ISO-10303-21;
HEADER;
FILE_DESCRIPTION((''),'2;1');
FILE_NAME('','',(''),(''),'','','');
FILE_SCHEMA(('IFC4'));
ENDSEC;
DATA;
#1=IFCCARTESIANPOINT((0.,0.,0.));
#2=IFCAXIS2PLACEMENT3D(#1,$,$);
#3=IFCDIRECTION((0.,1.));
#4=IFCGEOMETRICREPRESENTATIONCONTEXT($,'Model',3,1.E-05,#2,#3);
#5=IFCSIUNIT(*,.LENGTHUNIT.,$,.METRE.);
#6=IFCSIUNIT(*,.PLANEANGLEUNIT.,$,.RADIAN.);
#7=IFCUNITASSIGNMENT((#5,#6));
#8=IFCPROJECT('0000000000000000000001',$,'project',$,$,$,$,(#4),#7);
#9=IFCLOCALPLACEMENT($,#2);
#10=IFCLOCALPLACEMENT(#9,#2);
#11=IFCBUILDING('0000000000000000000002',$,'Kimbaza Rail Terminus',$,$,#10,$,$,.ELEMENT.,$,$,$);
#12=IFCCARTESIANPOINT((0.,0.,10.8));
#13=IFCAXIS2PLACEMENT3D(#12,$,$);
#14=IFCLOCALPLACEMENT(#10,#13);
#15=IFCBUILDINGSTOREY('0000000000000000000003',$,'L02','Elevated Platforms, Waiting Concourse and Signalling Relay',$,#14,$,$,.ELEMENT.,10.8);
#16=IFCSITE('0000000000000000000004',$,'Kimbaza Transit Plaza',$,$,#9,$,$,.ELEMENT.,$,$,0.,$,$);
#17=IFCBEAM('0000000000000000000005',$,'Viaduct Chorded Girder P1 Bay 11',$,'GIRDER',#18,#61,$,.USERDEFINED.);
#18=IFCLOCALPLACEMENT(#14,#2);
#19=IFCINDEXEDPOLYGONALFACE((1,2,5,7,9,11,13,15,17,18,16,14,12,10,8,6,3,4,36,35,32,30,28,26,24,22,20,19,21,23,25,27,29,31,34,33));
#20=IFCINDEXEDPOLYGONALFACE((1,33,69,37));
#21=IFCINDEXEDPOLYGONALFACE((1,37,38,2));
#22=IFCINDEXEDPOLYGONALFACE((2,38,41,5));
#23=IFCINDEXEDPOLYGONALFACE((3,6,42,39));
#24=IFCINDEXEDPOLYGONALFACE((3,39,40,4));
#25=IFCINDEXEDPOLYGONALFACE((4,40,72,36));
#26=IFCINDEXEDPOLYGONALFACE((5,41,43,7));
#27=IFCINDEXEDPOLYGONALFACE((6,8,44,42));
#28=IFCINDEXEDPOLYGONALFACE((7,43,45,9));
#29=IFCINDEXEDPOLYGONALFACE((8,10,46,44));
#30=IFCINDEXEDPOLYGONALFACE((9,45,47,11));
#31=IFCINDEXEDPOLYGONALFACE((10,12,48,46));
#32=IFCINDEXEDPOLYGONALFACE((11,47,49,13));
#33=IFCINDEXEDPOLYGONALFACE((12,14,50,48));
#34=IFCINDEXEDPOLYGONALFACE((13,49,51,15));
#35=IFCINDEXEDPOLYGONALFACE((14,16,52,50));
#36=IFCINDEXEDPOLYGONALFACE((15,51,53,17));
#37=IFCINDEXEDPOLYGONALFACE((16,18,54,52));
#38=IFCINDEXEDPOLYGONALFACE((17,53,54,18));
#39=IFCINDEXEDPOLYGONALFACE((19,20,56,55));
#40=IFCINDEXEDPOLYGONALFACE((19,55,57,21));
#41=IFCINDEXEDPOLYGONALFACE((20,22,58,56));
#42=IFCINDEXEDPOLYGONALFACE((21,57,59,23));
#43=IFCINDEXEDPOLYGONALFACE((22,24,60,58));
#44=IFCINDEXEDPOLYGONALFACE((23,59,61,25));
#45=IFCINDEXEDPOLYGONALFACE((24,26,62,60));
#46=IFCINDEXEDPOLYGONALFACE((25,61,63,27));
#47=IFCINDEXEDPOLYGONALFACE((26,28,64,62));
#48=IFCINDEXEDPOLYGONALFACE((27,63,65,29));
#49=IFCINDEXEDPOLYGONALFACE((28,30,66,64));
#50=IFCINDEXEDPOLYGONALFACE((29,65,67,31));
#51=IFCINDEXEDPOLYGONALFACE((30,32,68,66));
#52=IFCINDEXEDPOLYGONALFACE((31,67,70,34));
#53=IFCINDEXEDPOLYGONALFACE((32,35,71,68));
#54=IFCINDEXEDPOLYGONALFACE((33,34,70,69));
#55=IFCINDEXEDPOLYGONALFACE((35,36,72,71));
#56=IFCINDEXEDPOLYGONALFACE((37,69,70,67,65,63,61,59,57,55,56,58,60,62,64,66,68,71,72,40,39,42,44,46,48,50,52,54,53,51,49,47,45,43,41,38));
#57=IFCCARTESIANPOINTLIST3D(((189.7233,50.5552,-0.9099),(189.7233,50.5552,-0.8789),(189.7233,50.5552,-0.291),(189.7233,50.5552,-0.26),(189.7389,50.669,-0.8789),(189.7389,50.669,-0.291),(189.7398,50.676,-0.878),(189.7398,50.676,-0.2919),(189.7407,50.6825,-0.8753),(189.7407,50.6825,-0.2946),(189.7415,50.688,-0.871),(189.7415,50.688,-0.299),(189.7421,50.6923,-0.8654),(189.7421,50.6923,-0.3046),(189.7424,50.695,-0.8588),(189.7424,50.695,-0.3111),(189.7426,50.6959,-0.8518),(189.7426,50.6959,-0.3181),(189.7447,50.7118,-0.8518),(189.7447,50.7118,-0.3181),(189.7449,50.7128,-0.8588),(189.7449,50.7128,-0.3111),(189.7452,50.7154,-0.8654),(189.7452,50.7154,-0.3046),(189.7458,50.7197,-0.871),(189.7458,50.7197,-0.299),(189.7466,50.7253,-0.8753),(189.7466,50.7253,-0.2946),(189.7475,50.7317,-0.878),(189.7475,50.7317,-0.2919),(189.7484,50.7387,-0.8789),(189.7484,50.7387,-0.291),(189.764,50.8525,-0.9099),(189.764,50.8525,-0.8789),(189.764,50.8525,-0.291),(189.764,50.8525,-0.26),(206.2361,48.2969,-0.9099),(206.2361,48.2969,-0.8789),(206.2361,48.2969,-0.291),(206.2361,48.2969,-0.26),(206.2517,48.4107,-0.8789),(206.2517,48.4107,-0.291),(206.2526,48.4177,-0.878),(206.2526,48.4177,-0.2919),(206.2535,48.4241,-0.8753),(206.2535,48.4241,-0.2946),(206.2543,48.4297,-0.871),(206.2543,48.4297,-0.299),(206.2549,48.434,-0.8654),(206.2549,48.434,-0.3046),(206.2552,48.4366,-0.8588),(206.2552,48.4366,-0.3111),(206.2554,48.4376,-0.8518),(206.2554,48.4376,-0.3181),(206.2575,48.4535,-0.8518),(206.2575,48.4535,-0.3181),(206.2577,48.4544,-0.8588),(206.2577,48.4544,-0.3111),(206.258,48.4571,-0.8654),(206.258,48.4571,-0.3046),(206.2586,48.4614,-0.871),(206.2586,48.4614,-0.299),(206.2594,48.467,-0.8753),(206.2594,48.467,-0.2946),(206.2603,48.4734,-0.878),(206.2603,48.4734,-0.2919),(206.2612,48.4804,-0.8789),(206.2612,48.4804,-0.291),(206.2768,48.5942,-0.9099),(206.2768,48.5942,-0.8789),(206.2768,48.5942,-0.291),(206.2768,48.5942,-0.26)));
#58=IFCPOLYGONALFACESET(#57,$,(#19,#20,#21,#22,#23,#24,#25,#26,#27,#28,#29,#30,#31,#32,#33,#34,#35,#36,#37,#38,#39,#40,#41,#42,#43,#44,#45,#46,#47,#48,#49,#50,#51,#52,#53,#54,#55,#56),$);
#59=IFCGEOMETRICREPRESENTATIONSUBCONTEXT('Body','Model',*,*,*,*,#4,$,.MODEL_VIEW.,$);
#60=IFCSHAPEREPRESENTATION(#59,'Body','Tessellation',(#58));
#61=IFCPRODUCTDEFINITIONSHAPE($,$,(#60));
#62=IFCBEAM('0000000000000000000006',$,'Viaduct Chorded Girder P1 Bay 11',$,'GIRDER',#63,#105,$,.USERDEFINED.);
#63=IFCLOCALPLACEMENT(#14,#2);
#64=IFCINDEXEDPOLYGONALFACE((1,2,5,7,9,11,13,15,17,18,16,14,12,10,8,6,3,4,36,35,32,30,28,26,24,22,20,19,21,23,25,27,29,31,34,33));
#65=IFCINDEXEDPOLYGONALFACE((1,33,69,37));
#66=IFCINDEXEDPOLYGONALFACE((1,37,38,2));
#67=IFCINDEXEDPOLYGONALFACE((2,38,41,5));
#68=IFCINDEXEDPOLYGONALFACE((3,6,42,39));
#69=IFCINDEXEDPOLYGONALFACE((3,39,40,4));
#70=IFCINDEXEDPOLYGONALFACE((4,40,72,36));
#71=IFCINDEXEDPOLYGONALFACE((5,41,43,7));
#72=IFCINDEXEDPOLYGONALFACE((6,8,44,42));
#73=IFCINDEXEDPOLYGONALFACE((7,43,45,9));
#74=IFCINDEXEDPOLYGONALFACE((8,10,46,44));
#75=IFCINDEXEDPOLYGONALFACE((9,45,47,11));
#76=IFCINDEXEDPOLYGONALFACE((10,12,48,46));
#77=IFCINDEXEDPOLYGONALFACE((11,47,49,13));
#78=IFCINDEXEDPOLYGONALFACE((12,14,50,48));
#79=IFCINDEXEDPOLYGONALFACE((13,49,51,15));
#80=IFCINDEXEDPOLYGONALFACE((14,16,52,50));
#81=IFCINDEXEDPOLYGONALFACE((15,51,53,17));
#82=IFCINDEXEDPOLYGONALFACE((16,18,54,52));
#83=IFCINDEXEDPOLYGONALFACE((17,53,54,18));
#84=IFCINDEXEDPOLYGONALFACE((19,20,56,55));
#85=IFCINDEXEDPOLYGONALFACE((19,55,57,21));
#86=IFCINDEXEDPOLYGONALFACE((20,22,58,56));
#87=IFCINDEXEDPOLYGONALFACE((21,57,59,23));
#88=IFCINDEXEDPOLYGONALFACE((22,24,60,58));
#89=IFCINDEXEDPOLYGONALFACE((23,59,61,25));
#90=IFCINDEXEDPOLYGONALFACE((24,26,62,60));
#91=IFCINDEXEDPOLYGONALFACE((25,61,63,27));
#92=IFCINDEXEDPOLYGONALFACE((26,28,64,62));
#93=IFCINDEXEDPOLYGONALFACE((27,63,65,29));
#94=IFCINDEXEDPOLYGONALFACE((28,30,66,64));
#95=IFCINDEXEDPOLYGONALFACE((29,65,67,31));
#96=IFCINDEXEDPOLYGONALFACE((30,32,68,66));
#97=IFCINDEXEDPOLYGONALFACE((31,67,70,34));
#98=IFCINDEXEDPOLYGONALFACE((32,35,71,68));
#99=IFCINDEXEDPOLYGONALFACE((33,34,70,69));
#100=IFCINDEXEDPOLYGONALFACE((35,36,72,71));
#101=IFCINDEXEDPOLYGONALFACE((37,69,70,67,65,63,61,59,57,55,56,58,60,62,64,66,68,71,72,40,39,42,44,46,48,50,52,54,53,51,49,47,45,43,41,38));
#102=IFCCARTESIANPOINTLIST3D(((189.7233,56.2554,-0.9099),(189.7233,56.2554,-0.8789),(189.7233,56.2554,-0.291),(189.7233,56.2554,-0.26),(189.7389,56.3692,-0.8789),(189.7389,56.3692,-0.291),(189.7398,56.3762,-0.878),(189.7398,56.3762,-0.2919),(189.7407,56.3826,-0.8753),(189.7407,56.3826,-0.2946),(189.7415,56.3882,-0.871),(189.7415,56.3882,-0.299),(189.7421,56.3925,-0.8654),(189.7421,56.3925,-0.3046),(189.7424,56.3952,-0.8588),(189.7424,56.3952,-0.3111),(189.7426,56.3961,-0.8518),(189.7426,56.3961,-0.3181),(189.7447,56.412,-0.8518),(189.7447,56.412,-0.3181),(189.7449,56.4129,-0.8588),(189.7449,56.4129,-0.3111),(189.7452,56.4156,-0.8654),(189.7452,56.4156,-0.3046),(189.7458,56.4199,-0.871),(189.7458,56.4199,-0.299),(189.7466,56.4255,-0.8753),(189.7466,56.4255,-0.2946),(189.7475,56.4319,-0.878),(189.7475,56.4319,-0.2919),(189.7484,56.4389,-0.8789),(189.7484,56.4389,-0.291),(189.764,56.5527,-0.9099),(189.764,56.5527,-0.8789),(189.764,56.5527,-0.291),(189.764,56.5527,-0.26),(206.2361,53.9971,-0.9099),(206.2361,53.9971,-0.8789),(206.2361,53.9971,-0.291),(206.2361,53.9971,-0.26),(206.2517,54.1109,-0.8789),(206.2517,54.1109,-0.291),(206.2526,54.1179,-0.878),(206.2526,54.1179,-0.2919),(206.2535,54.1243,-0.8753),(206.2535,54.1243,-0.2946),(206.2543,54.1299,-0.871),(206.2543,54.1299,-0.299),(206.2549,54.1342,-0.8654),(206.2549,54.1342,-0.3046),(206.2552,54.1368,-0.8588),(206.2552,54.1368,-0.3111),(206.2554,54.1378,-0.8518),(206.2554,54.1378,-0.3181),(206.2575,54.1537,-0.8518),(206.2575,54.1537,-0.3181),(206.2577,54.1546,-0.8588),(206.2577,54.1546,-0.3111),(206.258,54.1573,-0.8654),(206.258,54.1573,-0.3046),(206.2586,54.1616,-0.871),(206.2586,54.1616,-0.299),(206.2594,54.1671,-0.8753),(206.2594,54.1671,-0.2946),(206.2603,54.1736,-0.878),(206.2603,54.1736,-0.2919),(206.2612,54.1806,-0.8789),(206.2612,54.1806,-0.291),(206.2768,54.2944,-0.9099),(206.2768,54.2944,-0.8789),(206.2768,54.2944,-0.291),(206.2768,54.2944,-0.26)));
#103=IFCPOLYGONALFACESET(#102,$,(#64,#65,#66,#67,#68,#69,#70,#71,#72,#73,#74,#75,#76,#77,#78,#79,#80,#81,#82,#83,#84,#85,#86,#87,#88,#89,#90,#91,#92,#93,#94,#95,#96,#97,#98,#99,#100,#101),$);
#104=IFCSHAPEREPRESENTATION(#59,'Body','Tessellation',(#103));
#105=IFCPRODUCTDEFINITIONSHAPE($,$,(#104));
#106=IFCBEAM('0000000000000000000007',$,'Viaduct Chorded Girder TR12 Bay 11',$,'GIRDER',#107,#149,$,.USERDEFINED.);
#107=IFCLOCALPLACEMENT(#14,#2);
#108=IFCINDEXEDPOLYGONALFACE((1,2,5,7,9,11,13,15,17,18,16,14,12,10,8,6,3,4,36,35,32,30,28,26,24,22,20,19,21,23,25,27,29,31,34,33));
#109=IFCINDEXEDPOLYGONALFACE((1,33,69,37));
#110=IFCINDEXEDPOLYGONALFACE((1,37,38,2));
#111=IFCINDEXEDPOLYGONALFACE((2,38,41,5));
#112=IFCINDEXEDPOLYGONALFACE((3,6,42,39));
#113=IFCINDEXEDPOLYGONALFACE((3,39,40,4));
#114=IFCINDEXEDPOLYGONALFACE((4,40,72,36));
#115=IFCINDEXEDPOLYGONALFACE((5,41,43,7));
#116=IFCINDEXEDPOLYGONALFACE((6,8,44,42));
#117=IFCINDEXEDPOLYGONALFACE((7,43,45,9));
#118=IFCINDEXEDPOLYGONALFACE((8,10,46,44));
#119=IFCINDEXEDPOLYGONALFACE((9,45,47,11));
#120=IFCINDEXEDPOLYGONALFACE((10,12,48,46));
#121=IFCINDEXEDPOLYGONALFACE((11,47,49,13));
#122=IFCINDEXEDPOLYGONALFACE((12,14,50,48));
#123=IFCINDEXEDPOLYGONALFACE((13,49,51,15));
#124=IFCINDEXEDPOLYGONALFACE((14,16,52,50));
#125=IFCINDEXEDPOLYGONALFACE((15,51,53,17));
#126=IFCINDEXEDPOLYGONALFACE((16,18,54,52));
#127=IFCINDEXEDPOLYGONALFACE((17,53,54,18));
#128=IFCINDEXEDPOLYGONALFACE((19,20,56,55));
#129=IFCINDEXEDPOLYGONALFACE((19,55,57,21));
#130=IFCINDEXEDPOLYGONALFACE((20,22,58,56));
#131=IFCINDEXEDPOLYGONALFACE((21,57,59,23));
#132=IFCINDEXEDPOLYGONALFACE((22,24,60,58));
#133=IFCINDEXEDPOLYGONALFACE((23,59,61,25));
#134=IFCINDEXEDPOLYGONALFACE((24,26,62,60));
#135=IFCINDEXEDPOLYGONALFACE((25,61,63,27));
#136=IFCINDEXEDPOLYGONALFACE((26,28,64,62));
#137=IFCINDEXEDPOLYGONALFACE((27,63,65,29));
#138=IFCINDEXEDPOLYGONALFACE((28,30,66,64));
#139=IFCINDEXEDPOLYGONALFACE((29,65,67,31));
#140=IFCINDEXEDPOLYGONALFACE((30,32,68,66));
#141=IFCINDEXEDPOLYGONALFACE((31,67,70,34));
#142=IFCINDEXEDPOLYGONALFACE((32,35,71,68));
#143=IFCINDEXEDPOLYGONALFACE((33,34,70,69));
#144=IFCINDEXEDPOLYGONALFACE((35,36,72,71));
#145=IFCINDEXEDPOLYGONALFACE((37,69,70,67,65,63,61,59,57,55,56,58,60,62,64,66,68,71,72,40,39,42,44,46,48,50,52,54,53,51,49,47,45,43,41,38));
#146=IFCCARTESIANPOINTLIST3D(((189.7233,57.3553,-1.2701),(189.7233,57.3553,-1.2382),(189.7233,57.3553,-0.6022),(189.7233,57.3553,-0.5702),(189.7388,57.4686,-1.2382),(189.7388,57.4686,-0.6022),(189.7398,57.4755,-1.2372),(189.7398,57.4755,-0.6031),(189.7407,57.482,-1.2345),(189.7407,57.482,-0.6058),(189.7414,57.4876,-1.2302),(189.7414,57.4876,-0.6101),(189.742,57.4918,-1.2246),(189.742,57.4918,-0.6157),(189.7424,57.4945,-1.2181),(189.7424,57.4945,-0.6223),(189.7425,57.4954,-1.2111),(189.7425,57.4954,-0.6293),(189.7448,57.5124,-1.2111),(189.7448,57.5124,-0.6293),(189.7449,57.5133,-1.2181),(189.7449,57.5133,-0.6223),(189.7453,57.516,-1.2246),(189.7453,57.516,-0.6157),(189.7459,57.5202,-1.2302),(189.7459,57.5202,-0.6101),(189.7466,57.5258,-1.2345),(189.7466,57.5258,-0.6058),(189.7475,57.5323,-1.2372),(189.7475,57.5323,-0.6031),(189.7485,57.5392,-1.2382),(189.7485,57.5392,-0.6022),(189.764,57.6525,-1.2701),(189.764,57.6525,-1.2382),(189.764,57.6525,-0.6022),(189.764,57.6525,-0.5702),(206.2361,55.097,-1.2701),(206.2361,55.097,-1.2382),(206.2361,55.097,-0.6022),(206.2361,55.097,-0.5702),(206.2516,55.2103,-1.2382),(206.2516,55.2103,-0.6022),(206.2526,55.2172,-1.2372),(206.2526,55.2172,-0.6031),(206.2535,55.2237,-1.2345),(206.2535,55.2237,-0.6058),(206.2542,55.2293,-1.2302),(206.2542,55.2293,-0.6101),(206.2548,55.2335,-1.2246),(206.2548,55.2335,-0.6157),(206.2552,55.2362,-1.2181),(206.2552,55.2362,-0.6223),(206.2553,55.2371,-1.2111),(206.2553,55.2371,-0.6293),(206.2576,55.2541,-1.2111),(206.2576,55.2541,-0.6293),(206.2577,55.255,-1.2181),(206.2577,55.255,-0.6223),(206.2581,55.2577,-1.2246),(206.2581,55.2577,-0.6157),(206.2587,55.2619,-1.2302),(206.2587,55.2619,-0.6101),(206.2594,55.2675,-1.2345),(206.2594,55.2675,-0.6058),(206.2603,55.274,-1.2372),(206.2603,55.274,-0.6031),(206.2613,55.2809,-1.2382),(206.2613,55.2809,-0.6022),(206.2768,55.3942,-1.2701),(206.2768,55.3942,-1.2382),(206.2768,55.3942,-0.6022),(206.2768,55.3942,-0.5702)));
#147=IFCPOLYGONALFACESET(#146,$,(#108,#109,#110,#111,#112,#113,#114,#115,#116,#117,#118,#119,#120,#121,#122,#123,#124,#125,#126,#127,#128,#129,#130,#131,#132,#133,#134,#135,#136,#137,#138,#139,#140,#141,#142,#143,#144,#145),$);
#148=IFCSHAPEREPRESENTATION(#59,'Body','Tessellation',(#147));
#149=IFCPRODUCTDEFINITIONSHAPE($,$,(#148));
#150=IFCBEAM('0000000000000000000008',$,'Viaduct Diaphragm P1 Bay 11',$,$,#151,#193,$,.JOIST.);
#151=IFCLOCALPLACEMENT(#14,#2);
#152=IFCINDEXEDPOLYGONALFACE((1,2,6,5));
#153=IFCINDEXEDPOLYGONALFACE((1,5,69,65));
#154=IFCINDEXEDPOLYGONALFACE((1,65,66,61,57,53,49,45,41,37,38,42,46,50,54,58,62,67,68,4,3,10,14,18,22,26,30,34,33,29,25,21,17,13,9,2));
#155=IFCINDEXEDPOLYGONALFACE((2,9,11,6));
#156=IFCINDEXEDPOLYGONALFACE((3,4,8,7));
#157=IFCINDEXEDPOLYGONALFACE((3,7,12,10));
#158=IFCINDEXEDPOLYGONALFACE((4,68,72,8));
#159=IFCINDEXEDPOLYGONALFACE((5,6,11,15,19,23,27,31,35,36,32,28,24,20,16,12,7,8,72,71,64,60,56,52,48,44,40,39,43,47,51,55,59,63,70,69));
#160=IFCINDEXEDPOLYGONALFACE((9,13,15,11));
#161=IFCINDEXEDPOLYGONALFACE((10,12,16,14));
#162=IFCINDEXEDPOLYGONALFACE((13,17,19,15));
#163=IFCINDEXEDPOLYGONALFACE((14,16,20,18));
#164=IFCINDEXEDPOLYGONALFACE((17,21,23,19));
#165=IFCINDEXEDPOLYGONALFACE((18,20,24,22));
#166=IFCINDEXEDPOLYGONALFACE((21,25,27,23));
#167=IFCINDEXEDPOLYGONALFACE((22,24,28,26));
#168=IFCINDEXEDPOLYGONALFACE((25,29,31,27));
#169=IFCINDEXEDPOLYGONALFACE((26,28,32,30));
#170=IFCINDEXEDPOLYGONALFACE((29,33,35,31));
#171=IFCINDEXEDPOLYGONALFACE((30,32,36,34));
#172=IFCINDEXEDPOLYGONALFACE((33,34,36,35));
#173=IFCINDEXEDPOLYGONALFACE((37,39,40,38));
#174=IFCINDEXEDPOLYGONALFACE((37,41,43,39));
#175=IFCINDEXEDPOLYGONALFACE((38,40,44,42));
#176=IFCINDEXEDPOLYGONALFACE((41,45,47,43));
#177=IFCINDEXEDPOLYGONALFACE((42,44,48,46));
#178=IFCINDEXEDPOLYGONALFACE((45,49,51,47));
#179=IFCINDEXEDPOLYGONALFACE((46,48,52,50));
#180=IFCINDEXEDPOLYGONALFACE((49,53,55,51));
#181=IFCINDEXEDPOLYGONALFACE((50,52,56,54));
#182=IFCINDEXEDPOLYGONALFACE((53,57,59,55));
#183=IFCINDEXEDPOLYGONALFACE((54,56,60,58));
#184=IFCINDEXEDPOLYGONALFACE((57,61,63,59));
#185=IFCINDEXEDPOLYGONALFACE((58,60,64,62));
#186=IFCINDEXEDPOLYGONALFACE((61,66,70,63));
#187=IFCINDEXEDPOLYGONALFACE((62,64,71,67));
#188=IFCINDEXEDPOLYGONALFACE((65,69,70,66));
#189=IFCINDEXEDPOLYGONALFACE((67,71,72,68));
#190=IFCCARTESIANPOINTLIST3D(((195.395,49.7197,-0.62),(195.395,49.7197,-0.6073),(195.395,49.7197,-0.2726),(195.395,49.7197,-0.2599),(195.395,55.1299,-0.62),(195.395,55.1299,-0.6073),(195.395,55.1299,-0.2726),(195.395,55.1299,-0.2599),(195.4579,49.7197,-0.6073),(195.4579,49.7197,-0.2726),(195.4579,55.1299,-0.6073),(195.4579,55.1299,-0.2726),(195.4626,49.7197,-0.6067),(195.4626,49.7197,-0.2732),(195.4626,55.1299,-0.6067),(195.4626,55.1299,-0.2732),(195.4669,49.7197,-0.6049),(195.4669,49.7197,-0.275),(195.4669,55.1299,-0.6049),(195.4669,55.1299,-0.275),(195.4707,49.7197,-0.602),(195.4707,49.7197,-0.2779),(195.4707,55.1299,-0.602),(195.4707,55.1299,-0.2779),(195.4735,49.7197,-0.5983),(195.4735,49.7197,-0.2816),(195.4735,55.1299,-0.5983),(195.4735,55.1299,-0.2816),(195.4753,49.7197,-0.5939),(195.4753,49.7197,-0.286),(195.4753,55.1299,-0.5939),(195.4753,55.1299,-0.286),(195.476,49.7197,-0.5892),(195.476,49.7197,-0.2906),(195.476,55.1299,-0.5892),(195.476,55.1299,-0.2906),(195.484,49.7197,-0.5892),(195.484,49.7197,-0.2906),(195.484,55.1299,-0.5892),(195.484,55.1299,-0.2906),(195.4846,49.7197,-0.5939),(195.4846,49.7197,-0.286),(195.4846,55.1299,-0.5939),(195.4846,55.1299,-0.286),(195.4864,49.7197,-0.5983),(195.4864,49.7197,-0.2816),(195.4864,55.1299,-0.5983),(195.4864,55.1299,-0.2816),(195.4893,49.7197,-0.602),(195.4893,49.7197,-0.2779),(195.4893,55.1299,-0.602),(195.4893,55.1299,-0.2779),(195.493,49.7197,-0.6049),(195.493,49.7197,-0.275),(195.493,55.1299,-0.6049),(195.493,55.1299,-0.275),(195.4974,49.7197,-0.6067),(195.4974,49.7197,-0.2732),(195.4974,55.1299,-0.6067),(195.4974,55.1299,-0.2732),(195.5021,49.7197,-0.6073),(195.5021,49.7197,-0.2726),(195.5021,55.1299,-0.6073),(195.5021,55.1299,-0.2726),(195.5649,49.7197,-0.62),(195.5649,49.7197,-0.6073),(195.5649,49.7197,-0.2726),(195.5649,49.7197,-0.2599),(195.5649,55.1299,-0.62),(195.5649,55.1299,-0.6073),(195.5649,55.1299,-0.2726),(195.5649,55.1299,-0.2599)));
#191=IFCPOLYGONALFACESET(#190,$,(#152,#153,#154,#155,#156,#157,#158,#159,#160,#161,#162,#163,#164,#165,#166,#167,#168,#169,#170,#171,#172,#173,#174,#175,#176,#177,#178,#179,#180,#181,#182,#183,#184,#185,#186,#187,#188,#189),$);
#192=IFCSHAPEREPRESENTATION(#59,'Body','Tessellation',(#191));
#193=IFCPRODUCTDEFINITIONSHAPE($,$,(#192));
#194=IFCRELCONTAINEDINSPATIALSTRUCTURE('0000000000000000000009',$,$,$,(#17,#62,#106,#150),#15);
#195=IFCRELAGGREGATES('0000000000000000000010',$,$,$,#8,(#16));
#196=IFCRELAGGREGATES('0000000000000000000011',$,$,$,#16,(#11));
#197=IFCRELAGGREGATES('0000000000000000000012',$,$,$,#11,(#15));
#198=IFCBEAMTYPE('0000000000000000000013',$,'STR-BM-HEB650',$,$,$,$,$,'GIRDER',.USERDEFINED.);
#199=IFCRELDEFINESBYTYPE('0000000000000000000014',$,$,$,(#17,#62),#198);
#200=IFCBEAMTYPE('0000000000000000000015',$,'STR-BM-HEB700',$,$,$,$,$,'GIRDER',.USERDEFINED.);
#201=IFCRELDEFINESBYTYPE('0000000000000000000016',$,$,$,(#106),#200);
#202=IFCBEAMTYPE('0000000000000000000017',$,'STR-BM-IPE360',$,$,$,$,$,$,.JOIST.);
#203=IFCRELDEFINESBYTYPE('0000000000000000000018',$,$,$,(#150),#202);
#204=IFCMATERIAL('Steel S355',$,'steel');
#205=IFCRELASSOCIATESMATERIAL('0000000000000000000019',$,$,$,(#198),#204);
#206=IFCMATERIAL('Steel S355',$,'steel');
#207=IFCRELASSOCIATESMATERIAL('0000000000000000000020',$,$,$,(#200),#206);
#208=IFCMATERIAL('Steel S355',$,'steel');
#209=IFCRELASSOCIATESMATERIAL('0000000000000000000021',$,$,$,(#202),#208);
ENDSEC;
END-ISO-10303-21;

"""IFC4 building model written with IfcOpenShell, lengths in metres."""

from ifc_helpers import new_model, si_unit, direction, frame, origin, origin_2d, place, context, subcontext, project, spatial, i_section, extrude, material, material_profile, profile_set, type_object, element, save


model = new_model("IFC4")

# Units and contexts
model_context = context("Model", 3, precision=1e-05, world=origin(), true_north=direction((0.0, 1.0)))
body_context = subcontext(model_context, "Body", "Model", "MODEL_VIEW")
ifc_project = project(units=[si_unit("LENGTHUNIT", "METRE"), si_unit("PLANEANGLEUNIT", "RADIAN")], contexts=[model_context])

# Site, building, storey
site_placement = place(None, origin())
site = spatial("IfcSite", under=ifc_project, at=site_placement, Name="Kimbaza Transit Plaza", CompositionType="ELEMENT", RefElevation=0.0)
building_placement = place(site_placement, origin())
building = spatial("IfcBuilding", under=site, at=building_placement, Name="Kimbaza Rail Terminus", CompositionType="ELEMENT")
storey_placement = place(building_placement, frame((0.0, 0.0, 10.8)))
storey = spatial("IfcBuildingStorey", under=building, at=storey_placement, Name="L02", Description="Elevated Platforms, Waiting Concourse and Signalling Relay", CompositionType="ELEMENT", Elevation=10.8)

# Beams
ifc_material_1 = material(Name="Steel S355", Category="steel")
ifc_material_profile_1 = material_profile(ifc_material_1, i_section(OverallWidth=0.3, OverallDepth=0.6499, WebThickness=0.0161, FlangeThickness=0.031, FilletRadius=0.0271, at=origin_2d()), Name="HEB 650")
ifc_profile_set_1 = profile_set([ifc_material_profile_1], Name="Steel S355")
beam_type_1 = type_object("IfcBeamType", Name="STR-BM-HEB650", ElementType="GIRDER", PredefinedType="USERDEFINED", material=ifc_profile_set_1)
for number, where, z_axis, x_axis, name in (
    (1, (189.7437, 50.7039, -0.585), (0.990777, -0.1355, 0.0), (0.1355, 0.990777, 0.0), "Viaduct Chorded Girder P1 Bay 11"),
    (2, (189.7437, 56.4041, -0.585), (0.990777, -0.1355, 0.0), (0.1355, 0.990777, 0.0), "Viaduct Chorded Girder P1 Bay 11"),
):
    element("IfcBeam", number, at=place(storey_placement, frame(where, z_axis=z_axis, x_axis=x_axis)), inside=storey, type_object=beam_type_1, Name=name, ObjectType="GIRDER", PredefinedType="USERDEFINED", context=body_context, shape_type="SweptSolid", body=[
        extrude(i_section(OverallWidth=0.3, OverallDepth=0.6499, WebThickness=0.0161, FlangeThickness=0.031, FilletRadius=0.0271, at=origin_2d()), origin(), (0.0, 0.0, 1.0), 16.6665),
    ])
ifc_material_2 = material(Name="Steel S355", Category="steel")
ifc_material_profile_2 = material_profile(ifc_material_2, i_section(OverallWidth=0.3, OverallDepth=0.7, WebThickness=0.0171, FlangeThickness=0.032, FilletRadius=0.0271, at=origin_2d()), Name="HEB 700")
ifc_profile_set_2 = profile_set([ifc_material_profile_2], Name="Steel S355")
beam_type_2 = type_object("IfcBeamType", Name="STR-BM-HEB700", ElementType="GIRDER", PredefinedType="USERDEFINED", material=ifc_profile_set_2)
beam_1_placement = place(storey_placement, frame((189.7437, 57.5039, -0.9202), z_axis=(0.990777, -0.1355, 0.0), x_axis=(0.1355, 0.990777, 0.0)))
element("IfcBeam", 3, at=beam_1_placement, inside=storey, type_object=beam_type_2, Name="Viaduct Chorded Girder TR12 Bay 11", ObjectType="GIRDER", PredefinedType="USERDEFINED", context=body_context, shape_type="SweptSolid", body=[
    extrude(i_section(OverallWidth=0.3, OverallDepth=0.7, WebThickness=0.0171, FlangeThickness=0.032, FilletRadius=0.0271, at=origin_2d()), origin(), (0.0, 0.0, 1.0), 16.6665),
])
ifc_material_3 = material(Name="Steel S355", Category="steel")
ifc_material_profile_3 = material_profile(ifc_material_3, i_section(OverallWidth=0.1699, OverallDepth=0.3601, WebThickness=0.0081, FlangeThickness=0.0127, FilletRadius=0.0181, at=origin_2d()), Name="IPE 360")
ifc_profile_set_3 = profile_set([ifc_material_profile_3], Name="Steel S355")
beam_type_3 = type_object("IfcBeamType", Name="STR-BM-IPE360", PredefinedType="JOIST", material=ifc_profile_set_3)
beam_2_placement = place(storey_placement, frame((195.48, 49.7197, -0.4399), z_axis=(0.0, 1.0, 0.0), x_axis=(-1.0, 0.0, 0.0)))
element("IfcBeam", 4, at=beam_2_placement, inside=storey, type_object=beam_type_3, Name="Viaduct Diaphragm P1 Bay 11", PredefinedType="JOIST", context=body_context, shape_type="SweptSolid", body=[
    extrude(i_section(OverallWidth=0.1699, OverallDepth=0.3601, WebThickness=0.0081, FlangeThickness=0.0127, FilletRadius=0.0181, at=origin_2d()), origin(), (0.0, 0.0, 1.0), 5.4102),
])

save(model, "model.ifc")
